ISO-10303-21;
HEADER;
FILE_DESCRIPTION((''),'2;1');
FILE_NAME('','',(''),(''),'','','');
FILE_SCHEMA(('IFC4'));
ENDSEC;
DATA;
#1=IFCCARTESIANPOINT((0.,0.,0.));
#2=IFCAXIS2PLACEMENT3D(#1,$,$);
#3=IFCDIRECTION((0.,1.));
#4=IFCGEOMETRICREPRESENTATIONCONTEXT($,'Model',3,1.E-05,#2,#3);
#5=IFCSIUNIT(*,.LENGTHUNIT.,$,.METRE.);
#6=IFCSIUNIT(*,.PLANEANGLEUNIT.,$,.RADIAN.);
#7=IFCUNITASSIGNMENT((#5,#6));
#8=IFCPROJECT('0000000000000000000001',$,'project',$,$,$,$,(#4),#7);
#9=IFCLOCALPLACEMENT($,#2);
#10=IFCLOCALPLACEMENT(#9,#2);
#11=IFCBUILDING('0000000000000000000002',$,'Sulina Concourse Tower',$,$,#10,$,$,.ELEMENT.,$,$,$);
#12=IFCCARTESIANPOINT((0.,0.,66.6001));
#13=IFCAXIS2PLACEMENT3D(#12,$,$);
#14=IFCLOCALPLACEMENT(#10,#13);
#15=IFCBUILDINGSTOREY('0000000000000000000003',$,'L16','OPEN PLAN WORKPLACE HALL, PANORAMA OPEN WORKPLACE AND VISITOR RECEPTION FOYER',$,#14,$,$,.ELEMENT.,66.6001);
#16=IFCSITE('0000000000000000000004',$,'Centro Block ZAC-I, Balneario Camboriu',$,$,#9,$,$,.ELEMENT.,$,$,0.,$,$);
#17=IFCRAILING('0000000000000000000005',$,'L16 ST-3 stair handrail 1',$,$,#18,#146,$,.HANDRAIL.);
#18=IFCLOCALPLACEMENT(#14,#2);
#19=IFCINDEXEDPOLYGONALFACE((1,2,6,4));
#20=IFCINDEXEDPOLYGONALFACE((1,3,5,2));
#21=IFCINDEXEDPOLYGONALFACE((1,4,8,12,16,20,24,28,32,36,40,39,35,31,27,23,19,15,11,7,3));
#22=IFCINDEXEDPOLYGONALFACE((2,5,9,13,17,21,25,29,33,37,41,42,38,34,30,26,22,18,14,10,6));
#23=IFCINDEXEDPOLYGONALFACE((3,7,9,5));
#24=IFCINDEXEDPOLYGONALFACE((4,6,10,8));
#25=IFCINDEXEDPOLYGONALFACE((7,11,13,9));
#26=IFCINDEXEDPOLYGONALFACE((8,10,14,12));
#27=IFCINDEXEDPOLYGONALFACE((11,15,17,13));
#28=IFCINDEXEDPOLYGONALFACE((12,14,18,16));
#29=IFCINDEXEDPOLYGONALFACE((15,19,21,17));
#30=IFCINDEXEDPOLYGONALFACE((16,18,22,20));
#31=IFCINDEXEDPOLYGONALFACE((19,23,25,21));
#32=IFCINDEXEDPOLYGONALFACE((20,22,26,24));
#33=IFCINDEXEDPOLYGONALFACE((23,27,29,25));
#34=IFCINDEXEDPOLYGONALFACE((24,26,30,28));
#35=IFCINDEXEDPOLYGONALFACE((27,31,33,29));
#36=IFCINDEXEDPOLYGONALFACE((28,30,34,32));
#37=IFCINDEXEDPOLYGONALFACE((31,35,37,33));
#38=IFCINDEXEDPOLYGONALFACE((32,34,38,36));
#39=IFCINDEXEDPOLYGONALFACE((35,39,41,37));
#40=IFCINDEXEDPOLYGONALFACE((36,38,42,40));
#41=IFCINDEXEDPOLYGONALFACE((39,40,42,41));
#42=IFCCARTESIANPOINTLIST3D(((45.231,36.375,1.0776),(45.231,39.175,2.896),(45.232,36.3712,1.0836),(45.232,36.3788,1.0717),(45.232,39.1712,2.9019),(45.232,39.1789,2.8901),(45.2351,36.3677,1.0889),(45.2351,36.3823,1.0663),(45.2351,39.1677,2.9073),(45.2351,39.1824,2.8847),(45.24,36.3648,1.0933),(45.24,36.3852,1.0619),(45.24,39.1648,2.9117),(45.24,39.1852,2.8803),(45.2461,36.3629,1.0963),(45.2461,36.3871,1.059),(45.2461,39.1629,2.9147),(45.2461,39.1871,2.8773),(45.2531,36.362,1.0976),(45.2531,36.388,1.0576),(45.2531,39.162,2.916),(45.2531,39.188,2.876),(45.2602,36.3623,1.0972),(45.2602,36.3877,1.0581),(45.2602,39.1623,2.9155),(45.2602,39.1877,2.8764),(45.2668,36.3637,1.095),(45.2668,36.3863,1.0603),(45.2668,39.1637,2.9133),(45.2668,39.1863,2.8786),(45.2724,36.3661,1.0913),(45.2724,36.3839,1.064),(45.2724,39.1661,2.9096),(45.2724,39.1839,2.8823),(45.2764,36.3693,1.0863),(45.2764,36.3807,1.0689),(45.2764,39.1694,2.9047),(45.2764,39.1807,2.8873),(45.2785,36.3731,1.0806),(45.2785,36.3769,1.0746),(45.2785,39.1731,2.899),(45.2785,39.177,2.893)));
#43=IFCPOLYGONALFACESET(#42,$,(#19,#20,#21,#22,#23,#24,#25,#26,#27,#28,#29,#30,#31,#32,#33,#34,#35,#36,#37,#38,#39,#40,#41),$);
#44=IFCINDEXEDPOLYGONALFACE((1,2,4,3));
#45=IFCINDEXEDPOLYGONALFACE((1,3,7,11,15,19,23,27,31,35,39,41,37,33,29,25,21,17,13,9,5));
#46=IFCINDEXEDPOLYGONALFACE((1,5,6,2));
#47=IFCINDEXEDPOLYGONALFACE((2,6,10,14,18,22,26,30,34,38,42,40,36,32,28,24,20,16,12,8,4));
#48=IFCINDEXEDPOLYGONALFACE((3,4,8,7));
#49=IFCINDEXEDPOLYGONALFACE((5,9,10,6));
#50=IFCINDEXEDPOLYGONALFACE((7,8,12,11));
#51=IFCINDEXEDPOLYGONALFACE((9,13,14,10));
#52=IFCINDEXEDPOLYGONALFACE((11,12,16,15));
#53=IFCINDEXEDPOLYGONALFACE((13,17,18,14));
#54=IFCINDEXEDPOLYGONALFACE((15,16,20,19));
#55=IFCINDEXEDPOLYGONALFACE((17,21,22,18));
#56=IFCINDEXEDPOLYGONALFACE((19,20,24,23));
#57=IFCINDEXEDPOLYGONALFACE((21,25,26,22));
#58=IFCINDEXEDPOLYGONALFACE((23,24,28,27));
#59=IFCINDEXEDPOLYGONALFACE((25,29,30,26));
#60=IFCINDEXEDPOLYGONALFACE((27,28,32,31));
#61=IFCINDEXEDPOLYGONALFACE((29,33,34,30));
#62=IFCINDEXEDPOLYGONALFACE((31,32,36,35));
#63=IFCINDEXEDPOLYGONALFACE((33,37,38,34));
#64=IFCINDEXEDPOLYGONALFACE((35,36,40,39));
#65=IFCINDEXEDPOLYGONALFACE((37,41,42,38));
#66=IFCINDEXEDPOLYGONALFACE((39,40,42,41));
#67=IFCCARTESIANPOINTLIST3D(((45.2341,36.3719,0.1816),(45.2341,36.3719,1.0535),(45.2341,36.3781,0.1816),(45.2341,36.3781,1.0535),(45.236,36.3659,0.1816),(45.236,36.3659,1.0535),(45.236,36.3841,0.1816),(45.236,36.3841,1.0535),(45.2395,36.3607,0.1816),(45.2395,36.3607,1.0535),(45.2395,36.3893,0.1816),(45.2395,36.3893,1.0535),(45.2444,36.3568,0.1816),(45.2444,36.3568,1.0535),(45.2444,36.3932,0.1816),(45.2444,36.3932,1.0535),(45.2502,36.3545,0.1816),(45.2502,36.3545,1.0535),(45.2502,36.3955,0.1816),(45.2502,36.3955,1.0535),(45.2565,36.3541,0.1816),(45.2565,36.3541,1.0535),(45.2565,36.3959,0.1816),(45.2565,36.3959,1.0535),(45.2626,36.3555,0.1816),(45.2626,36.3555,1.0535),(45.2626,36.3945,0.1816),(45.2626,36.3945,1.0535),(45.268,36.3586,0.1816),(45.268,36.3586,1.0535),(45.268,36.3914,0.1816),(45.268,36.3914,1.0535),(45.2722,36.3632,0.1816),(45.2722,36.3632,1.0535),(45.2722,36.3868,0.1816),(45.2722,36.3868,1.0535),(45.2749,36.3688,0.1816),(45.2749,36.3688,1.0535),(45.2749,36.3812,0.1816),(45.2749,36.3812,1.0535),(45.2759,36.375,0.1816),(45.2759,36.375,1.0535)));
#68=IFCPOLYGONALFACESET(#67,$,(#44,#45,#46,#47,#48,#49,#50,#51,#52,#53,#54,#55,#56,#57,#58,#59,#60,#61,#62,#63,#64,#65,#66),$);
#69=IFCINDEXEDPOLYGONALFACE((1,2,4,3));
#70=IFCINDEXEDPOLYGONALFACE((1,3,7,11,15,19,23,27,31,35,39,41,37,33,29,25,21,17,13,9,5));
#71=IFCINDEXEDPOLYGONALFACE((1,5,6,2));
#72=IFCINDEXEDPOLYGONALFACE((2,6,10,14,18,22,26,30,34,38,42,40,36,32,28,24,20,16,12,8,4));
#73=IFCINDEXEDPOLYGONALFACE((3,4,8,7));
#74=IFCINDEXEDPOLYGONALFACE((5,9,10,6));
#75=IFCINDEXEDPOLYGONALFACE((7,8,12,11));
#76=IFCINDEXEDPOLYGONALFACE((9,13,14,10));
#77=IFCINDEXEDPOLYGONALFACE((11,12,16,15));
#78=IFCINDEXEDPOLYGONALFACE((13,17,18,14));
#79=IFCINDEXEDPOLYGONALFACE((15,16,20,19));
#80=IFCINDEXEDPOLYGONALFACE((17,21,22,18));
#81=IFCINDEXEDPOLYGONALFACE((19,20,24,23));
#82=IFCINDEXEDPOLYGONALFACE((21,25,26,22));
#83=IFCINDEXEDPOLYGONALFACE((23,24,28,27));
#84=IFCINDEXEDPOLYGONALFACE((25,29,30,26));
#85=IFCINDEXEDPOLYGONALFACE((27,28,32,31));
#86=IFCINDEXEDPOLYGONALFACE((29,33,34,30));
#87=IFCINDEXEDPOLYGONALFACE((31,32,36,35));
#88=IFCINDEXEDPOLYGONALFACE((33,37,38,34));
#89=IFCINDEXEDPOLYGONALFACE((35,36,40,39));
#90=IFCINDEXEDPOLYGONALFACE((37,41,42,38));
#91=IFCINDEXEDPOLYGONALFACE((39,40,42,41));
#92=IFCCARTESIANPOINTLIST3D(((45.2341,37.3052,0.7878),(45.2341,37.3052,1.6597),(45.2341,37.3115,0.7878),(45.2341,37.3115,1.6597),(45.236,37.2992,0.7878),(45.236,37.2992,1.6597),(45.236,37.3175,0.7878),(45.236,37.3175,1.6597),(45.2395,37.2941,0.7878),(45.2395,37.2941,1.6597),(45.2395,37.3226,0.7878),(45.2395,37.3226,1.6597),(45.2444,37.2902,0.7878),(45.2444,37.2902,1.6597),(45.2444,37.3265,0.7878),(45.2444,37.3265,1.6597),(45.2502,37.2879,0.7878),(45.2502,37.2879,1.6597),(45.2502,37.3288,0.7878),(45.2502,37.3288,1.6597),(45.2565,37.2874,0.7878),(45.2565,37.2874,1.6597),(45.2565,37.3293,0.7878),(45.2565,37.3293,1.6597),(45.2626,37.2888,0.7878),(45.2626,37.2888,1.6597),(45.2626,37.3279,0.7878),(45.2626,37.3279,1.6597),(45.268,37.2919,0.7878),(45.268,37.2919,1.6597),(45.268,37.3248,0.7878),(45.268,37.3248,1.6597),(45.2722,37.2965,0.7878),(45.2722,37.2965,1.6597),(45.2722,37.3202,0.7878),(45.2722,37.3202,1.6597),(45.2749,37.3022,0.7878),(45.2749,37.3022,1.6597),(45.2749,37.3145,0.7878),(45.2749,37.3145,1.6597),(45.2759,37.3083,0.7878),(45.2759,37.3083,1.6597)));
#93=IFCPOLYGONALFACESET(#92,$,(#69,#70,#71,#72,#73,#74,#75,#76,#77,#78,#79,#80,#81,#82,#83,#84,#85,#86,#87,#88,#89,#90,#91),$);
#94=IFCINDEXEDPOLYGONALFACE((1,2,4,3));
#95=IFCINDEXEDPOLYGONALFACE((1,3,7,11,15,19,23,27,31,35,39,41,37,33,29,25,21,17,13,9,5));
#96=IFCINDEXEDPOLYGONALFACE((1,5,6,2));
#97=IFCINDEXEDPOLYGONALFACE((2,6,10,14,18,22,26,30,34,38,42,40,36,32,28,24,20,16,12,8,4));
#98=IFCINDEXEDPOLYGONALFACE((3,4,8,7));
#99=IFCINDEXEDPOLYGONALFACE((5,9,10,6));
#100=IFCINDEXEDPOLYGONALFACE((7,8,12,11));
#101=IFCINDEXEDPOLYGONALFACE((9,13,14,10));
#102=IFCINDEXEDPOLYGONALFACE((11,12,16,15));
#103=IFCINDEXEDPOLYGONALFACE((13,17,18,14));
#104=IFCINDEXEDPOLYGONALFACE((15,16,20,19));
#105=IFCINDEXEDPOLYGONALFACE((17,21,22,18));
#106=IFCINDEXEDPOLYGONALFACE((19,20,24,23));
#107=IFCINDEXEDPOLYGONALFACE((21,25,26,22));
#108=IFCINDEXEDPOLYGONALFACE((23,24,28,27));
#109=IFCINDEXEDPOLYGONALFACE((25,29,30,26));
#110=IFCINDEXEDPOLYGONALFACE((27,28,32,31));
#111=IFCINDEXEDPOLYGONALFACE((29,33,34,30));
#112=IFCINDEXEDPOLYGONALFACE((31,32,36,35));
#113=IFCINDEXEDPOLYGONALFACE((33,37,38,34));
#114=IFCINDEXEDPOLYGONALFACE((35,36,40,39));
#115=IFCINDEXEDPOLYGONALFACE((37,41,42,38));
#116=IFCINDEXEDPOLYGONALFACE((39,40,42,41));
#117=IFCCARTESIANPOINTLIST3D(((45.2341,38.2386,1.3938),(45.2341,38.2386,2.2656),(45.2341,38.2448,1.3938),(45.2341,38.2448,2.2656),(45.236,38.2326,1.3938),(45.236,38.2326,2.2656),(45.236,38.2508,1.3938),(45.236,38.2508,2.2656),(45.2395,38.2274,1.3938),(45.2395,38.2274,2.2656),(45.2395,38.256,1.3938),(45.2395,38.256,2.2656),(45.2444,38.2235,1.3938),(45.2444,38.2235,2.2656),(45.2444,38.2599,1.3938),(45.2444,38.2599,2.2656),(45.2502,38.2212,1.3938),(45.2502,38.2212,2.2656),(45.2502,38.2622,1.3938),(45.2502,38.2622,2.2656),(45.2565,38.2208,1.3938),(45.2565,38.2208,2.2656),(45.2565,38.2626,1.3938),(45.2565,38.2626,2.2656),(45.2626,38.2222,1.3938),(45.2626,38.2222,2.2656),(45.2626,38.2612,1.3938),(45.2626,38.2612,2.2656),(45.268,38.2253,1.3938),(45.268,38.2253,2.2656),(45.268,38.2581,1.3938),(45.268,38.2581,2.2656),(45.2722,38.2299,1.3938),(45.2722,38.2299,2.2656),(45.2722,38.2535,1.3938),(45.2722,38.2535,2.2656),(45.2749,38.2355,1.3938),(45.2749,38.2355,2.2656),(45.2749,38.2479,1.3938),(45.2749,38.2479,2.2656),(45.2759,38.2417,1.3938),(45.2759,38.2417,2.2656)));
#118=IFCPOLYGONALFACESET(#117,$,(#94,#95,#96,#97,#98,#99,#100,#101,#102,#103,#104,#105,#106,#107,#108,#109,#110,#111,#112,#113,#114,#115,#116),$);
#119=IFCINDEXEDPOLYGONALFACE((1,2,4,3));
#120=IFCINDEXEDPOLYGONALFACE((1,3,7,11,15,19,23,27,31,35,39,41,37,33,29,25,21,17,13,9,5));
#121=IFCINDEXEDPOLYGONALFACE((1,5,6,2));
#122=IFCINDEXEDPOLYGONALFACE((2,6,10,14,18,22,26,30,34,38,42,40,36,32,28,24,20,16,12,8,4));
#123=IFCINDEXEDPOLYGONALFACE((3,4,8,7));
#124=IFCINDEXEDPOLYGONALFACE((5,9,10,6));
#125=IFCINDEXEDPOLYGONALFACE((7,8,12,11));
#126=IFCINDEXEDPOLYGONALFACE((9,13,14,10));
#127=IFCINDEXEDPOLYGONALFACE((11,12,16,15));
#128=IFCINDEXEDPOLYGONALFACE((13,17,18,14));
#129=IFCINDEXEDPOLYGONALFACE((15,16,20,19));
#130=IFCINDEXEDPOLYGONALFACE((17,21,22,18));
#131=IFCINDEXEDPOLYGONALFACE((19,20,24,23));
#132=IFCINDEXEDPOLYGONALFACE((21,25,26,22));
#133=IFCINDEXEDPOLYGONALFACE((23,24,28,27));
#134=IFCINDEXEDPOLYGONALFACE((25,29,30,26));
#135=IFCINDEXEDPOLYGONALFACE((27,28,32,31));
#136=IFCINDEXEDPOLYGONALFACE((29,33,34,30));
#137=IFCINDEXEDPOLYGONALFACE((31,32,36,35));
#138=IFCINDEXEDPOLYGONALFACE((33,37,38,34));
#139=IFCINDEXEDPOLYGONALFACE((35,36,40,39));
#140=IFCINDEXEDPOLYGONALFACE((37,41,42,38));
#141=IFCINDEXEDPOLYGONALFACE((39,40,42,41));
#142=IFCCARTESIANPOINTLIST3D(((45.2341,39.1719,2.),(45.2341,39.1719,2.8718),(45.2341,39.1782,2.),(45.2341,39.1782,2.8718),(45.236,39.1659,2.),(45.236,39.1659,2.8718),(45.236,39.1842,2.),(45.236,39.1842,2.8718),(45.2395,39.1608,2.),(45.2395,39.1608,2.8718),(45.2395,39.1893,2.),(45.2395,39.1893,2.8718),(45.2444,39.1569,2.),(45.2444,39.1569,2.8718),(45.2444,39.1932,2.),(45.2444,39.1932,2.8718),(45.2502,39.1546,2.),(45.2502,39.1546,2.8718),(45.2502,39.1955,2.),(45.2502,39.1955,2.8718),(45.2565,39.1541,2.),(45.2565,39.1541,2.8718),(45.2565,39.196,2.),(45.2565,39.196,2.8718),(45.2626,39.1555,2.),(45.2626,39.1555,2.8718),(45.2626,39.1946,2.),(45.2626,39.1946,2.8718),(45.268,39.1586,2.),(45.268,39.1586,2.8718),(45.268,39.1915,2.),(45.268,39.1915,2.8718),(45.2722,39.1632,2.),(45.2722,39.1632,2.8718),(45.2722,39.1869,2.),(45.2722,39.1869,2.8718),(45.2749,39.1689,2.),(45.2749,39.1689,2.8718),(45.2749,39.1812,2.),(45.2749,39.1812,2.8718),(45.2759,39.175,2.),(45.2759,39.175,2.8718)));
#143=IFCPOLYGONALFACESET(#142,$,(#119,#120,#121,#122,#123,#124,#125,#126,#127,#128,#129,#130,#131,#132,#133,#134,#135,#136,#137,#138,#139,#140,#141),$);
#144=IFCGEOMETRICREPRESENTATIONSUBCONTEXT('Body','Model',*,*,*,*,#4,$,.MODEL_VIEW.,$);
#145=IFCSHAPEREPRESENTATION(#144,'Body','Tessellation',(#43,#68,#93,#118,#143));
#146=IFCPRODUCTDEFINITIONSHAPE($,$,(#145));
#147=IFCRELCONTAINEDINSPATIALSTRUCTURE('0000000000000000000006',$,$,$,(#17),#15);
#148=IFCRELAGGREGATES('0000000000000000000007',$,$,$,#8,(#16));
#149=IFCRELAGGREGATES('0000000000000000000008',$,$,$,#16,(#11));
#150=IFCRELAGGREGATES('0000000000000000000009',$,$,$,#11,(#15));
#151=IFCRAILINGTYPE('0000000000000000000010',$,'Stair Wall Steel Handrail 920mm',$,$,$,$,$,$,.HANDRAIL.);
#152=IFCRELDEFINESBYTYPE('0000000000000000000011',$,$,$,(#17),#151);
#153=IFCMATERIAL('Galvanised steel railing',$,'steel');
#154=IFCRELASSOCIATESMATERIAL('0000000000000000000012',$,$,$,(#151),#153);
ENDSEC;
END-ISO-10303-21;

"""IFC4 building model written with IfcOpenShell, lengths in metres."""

from ifc_helpers import new_model, si_unit, direction, frame, origin, origin_2d, place, context, subcontext, project, spatial, circle, extrude, material, type_object, element, save


model = new_model("IFC4")

# Units and contexts
model_context = context("Model", 3, precision=1e-05, world=origin(), true_north=direction((0.0, 1.0)))
body_context = subcontext(model_context, "Body", "Model", "MODEL_VIEW")
ifc_project = project(units=[si_unit("LENGTHUNIT", "METRE"), si_unit("PLANEANGLEUNIT", "RADIAN")], contexts=[model_context])

# Site, building, storey
site_placement = place(None, origin())
site = spatial("IfcSite", under=ifc_project, at=site_placement, Name="Centro Block ZAC-I, Balneario Camboriu", CompositionType="ELEMENT", RefElevation=0.0)
building_placement = place(site_placement, origin())
building = spatial("IfcBuilding", under=site, at=building_placement, Name="Sulina Concourse Tower", CompositionType="ELEMENT")
storey_placement = place(building_placement, frame((0.0, 0.0, 66.6001)))
storey = spatial("IfcBuildingStorey", under=building, at=storey_placement, Name="L16", Description="OPEN PLAN WORKPLACE HALL, PANORAMA OPEN WORKPLACE AND VISITOR RECEPTION FOYER", CompositionType="ELEMENT", Elevation=66.6001)

# Railing
ifc_material_1 = material(Name="Galvanised steel railing", Category="steel")
railing_type_1 = type_object("IfcRailingType", Name="Stair Wall Steel Handrail 920mm", PredefinedType="HANDRAIL", material=ifc_material_1)
for number, where, name in (
    (1, (45.2549, 36.375, 0.1816), "L16 ST-3 stair handrail 1"),
):
    element("IfcRailing", number, at=place(storey_placement, frame(where)), inside=storey, type_object=railing_type_1, Name=name, PredefinedType="HANDRAIL", context=body_context, shape_type="SweptSolid", body=[
        extrude(circle(Radius=0.0239, at=origin_2d()), frame((0.0, 0.0, 0.896), z_axis=(0.0, 0.838672, 0.544636), x_axis=(-1.0, 0.0, 0.0)), (0.0, 0.0, 1.0), 3.3386),
        extrude(circle(Radius=0.021, at=origin_2d()), origin(), (0.0, 0.0, 1.0), 0.8718),
        extrude(circle(Radius=0.021, at=origin_2d()), frame((0.0, 0.9333, 0.6062)), (0.0, 0.0, 1.0), 0.8718),
        extrude(circle(Radius=0.021, at=origin_2d()), frame((0.0, 1.8667, 1.2122)), (0.0, 0.0, 1.0), 0.8718),
        extrude(circle(Radius=0.021, at=origin_2d()), frame((0.0, 2.8, 1.8184)), (0.0, 0.0, 1.0), 0.8718),
    ])

save(model, "model.ifc")
